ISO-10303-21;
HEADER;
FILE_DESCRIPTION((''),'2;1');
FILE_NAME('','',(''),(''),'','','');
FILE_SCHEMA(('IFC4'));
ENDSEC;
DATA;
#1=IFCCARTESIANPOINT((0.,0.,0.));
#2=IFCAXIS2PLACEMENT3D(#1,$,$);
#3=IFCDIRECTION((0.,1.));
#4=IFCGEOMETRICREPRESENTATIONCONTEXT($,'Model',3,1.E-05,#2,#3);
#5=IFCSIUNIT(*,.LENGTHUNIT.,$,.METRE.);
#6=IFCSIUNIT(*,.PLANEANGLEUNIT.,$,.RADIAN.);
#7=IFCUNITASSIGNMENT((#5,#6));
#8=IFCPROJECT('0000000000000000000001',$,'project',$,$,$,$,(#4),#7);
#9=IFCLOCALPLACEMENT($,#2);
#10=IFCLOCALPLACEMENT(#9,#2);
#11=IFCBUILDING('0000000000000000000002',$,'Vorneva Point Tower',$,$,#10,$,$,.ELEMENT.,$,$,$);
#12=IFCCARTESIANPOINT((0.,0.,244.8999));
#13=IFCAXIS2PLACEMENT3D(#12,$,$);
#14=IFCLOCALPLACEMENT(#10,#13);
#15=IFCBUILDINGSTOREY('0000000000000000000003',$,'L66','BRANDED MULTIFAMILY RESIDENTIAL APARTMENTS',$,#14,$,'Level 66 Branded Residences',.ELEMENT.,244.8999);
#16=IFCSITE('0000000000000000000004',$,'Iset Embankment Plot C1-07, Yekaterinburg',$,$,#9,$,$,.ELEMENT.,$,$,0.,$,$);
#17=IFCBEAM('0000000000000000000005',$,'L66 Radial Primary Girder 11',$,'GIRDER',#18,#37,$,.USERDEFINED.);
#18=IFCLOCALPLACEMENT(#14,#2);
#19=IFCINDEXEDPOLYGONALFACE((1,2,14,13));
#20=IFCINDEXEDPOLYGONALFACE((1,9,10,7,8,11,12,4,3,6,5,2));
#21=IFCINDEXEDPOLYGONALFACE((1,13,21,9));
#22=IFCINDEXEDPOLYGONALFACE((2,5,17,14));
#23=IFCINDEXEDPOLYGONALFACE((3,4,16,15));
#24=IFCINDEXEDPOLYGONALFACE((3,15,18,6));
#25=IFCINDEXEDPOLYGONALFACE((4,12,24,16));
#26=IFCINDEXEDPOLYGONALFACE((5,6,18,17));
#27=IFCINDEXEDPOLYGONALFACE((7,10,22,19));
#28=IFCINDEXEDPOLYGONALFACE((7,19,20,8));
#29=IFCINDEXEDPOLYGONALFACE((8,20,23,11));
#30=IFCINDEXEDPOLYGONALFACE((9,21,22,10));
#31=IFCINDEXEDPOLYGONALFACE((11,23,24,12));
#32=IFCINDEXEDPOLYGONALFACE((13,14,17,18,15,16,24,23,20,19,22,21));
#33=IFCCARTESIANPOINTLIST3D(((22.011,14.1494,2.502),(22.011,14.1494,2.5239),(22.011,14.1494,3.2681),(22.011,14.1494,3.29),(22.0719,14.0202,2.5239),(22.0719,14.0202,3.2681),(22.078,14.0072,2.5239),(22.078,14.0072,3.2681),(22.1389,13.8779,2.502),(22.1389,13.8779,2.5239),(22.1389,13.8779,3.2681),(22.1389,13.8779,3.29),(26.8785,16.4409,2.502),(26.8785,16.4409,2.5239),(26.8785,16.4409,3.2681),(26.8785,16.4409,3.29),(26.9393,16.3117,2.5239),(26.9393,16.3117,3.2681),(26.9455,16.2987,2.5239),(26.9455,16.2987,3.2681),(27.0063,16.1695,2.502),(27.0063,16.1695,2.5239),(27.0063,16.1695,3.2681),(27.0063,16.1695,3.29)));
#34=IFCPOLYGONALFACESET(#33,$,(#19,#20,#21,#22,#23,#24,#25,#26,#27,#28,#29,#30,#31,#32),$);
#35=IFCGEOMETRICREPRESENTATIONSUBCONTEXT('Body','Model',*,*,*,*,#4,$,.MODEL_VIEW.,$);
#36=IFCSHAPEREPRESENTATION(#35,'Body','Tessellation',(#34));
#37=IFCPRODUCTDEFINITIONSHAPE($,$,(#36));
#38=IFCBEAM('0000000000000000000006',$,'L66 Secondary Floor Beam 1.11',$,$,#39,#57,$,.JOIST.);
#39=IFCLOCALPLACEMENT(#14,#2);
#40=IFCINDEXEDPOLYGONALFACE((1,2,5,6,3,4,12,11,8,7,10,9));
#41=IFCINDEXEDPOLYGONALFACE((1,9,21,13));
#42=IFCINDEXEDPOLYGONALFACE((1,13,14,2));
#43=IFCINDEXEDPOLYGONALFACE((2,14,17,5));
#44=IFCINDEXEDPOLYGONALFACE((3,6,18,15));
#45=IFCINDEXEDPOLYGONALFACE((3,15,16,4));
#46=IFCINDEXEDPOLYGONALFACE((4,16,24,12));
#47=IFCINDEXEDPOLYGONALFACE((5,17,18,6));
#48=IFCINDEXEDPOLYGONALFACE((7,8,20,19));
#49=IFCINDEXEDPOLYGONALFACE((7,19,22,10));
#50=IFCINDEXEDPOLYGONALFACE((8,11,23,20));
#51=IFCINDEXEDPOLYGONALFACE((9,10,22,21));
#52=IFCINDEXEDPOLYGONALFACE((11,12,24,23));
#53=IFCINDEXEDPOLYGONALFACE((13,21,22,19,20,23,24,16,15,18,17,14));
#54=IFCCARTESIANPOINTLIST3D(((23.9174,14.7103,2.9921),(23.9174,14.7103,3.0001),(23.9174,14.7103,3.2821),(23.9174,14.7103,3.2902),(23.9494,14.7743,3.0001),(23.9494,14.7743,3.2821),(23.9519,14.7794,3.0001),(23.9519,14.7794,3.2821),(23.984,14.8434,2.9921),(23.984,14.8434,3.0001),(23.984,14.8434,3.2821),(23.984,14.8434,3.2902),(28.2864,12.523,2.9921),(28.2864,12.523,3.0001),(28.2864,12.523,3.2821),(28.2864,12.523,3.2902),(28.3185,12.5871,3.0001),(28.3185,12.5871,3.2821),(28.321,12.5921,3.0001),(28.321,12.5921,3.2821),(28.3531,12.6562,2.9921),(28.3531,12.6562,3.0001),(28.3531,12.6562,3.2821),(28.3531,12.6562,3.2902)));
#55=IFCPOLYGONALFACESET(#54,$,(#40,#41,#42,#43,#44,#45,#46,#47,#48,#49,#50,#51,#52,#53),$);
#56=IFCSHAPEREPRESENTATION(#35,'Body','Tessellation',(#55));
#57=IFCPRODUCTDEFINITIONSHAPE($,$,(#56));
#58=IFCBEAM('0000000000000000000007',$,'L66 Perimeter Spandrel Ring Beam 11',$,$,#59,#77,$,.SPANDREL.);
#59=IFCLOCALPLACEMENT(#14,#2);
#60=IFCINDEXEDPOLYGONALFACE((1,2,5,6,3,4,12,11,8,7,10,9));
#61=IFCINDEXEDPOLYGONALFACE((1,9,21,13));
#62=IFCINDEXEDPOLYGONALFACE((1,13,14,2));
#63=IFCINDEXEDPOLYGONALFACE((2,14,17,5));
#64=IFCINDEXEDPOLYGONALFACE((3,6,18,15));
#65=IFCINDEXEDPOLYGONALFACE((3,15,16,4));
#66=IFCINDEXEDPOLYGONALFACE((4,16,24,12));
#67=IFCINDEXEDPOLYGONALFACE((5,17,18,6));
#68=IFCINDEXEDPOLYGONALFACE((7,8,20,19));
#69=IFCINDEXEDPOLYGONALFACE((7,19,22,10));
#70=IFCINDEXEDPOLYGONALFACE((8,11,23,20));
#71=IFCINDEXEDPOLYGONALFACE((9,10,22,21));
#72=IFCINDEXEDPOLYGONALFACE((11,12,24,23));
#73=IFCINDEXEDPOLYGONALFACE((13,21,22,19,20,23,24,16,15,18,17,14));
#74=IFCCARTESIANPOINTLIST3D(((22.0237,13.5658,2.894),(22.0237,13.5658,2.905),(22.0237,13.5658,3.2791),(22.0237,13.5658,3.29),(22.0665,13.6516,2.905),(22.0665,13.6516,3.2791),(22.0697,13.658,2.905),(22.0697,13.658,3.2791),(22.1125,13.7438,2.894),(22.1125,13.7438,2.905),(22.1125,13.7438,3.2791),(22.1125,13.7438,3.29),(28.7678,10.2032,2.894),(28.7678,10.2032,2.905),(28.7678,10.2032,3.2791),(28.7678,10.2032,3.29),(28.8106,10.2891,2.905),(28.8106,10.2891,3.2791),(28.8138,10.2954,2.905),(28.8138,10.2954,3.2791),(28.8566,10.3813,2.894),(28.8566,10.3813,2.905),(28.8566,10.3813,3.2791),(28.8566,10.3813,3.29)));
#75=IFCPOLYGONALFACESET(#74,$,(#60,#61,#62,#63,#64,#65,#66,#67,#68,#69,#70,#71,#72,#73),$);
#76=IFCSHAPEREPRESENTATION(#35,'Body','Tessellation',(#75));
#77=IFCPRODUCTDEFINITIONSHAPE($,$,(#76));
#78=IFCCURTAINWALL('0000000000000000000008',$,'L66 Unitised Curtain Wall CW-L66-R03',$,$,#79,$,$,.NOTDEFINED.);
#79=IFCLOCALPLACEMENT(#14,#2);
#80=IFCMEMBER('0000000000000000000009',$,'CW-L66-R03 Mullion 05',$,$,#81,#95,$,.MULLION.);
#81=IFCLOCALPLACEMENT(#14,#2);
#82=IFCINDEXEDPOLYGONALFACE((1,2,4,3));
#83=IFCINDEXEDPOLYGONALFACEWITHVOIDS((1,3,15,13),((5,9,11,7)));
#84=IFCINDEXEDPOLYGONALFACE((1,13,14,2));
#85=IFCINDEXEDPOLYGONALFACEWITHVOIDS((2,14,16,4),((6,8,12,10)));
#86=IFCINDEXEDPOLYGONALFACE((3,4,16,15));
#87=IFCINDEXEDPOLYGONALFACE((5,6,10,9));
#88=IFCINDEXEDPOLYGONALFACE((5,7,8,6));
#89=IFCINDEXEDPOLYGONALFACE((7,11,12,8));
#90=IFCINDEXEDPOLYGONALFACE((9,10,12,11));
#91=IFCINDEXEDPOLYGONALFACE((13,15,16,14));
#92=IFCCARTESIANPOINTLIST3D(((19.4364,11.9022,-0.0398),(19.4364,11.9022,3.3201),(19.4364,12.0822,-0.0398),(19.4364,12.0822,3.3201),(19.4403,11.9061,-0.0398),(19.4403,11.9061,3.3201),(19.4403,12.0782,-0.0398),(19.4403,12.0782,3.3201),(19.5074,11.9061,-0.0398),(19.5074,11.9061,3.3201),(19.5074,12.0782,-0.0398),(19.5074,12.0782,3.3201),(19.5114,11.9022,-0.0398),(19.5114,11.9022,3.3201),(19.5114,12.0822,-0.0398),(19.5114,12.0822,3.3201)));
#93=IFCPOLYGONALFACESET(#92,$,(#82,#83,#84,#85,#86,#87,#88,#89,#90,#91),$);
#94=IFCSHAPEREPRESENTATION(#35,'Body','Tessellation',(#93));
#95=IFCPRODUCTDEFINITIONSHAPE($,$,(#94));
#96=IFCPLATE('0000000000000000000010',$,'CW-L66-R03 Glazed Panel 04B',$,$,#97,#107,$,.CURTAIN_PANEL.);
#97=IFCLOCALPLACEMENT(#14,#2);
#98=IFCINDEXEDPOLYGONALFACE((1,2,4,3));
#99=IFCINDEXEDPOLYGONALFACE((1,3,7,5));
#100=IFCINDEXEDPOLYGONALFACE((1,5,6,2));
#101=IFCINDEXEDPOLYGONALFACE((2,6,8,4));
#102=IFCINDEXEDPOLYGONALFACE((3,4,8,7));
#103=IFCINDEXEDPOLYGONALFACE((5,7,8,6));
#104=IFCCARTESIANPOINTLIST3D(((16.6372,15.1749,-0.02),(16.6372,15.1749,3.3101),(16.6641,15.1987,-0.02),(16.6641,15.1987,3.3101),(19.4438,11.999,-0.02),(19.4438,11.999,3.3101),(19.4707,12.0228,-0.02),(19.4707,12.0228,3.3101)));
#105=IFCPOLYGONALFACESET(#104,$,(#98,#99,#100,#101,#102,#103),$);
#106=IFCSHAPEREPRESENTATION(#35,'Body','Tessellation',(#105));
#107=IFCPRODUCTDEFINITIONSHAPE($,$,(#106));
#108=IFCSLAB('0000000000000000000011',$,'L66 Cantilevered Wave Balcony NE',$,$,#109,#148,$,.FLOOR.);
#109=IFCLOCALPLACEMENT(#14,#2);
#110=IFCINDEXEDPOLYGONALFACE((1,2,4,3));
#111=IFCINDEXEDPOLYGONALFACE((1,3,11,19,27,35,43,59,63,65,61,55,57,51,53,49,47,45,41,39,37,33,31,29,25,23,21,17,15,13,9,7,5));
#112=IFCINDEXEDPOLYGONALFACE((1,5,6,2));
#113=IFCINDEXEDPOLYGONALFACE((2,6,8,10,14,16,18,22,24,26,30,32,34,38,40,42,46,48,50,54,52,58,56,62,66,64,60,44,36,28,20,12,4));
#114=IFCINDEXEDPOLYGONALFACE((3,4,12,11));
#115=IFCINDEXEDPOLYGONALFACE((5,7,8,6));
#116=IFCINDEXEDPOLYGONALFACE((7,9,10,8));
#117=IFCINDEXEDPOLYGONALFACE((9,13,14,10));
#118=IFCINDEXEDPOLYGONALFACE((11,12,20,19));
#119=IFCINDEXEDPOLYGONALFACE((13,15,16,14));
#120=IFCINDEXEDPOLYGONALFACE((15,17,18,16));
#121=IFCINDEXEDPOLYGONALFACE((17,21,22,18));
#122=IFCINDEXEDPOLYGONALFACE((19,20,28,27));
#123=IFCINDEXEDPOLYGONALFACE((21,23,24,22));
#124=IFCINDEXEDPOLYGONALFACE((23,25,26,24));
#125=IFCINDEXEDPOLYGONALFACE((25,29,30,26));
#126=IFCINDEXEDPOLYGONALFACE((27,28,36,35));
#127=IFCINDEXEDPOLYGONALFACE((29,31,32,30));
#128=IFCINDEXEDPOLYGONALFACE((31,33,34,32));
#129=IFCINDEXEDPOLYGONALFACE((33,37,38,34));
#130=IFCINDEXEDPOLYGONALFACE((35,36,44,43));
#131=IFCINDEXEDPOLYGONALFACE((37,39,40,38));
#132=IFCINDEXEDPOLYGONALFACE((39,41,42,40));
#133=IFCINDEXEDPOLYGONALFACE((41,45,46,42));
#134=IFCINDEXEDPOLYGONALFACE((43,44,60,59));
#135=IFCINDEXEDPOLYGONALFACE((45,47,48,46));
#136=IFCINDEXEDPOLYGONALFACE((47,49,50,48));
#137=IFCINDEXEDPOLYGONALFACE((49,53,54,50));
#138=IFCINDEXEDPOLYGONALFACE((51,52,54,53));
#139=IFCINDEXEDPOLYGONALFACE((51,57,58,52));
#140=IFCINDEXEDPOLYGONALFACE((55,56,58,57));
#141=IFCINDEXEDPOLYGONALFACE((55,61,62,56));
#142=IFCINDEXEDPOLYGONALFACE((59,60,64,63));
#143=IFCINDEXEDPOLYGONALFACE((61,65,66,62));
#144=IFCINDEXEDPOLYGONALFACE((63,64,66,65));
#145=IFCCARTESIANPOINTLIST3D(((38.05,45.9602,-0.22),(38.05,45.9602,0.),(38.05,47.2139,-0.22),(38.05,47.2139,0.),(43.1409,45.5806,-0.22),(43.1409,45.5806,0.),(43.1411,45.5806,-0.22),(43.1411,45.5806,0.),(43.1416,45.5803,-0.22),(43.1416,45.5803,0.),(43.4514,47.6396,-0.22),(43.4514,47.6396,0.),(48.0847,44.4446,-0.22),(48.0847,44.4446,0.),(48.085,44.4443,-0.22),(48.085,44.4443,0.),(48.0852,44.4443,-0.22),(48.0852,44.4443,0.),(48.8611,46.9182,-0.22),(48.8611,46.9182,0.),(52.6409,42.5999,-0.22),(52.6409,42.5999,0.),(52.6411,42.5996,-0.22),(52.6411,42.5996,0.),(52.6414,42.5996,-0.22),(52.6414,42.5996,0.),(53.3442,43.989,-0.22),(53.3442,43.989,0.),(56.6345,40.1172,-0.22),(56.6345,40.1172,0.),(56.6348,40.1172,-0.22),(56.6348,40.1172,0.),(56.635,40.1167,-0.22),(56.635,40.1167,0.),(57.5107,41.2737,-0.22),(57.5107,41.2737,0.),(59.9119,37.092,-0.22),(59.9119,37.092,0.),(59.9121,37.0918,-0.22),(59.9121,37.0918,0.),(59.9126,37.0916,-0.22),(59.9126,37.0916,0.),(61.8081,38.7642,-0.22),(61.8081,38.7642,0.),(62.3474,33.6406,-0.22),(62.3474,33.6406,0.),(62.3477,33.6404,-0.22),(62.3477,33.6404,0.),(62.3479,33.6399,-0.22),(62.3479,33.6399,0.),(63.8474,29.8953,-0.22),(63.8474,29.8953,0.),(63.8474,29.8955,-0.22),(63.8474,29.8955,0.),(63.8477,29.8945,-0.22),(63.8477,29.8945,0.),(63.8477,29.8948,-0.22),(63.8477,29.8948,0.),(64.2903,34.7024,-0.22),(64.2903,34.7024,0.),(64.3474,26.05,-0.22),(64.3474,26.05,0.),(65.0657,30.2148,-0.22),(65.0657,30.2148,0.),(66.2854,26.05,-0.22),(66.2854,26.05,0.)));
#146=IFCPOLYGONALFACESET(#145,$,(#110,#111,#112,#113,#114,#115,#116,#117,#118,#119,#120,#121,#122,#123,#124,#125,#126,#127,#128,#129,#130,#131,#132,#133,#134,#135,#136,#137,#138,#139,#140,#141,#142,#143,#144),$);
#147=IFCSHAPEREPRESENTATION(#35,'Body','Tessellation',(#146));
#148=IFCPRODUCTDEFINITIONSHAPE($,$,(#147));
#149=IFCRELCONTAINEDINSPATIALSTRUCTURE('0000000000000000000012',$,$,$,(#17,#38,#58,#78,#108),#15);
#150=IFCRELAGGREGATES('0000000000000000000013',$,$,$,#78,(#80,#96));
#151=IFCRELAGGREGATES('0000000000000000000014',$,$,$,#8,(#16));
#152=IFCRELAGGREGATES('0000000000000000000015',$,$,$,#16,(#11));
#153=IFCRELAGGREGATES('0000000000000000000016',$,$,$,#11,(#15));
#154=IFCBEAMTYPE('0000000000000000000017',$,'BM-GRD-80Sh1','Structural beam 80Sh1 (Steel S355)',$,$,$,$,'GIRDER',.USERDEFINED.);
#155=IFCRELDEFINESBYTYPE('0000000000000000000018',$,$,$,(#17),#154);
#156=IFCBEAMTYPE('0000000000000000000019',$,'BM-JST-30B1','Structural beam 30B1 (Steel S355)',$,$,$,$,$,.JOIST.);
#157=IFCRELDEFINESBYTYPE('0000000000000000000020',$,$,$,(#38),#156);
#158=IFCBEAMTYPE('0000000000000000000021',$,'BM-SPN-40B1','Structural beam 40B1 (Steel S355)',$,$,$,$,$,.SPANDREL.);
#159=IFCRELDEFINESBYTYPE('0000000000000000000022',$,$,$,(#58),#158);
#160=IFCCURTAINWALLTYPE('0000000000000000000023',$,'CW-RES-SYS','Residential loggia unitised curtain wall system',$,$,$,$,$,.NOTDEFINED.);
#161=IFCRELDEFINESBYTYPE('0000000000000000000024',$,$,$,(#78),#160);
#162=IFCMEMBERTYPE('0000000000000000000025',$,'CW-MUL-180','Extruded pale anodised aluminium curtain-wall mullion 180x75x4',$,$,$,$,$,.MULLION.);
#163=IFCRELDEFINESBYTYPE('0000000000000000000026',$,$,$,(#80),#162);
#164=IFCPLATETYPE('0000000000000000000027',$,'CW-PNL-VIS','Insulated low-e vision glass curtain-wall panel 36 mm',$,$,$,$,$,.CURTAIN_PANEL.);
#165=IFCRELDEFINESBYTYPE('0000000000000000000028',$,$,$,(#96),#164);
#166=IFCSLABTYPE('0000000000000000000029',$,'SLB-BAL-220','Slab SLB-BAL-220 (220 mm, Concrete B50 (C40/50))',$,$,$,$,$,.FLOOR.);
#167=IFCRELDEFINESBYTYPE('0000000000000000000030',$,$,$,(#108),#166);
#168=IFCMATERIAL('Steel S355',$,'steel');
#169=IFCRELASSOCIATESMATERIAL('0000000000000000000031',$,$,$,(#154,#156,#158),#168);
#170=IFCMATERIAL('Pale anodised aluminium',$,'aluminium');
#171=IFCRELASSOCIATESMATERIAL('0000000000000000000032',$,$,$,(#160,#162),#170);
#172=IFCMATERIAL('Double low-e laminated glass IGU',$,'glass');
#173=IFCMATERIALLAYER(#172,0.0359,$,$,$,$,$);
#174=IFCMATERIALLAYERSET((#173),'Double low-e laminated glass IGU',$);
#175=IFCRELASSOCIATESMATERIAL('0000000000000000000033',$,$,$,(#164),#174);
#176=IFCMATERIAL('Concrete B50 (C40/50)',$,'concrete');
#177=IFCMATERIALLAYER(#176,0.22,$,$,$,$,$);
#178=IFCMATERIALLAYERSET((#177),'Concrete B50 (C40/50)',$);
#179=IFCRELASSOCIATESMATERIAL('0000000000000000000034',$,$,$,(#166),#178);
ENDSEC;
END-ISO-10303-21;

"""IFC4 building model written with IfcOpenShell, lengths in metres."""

from ifc_helpers import new_model, si_unit, direction, frame, origin, origin_2d, place, context, subcontext, project, spatial, polyline, rectangle, hollow_rectangle, i_section, outline, extrude, material, layer, layer_set, material_profile, profile_set, type_object, element, aggregate, save


model = new_model("IFC4")

# Units and contexts
model_context = context("Model", 3, precision=1e-05, world=origin(), true_north=direction((0.0, 1.0)))
body_context = subcontext(model_context, "Body", "Model", "MODEL_VIEW")
ifc_project = project(units=[si_unit("LENGTHUNIT", "METRE"), si_unit("PLANEANGLEUNIT", "RADIAN")], contexts=[model_context])

# Site, building, storey
site_placement = place(None, origin())
site = spatial("IfcSite", under=ifc_project, at=site_placement, Name="Iset Embankment Plot C1-07, Yekaterinburg", CompositionType="ELEMENT", RefElevation=0.0)
building_placement = place(site_placement, origin())
building = spatial("IfcBuilding", under=site, at=building_placement, Name="Vorneva Point Tower", CompositionType="ELEMENT")
storey_placement = place(building_placement, frame((0.0, 0.0, 244.8999)))
storey = spatial("IfcBuildingStorey", under=building, at=storey_placement, Name="L66", Description="BRANDED MULTIFAMILY RESIDENTIAL APARTMENTS", LongName="Level 66 Branded Residences", CompositionType="ELEMENT", Elevation=244.8999)

# Shared definitions
ifc_material_1 = material(Name="Concrete B50 (C40/50)", Category="concrete")

# Beams
ifc_material_2 = material(Name="Steel S355", Category="steel")
ifc_material_profile_1 = material_profile(ifc_material_2, i_section(OverallWidth=0.3, OverallDepth=0.7881, WebThickness=0.0144, FlangeThickness=0.022, at=origin_2d()), Name="80Sh1")
ifc_profile_set_1 = profile_set([ifc_material_profile_1], Name="Steel S355")
beam_type_1 = type_object("IfcBeamType", Name="BM-GRD-80Sh1", Description="Structural beam 80Sh1 (Steel S355)", ElementType="GIRDER", PredefinedType="USERDEFINED", material=ifc_profile_set_1)
beam_1_placement = place(storey_placement, frame((22.075, 14.0137, 2.896), z_axis=(0.904751, 0.425941, 0.0), x_axis=(-0.425941, 0.904751, 0.0)))
element("IfcBeam", 1, at=beam_1_placement, inside=storey, type_object=beam_type_1, Name="L66 Radial Primary Girder 11", ObjectType="GIRDER", PredefinedType="USERDEFINED", context=body_context, shape_type="SweptSolid", body=[
    extrude(i_section(OverallWidth=0.3, OverallDepth=0.7881, WebThickness=0.0144, FlangeThickness=0.022, at=origin_2d()), origin(), (0.0, 0.0, 1.0), 5.3799),
])
ifc_material_profile_2 = material_profile(ifc_material_2, i_section(OverallWidth=0.1489, OverallDepth=0.2981, WebThickness=0.0056, FlangeThickness=0.0081, at=origin_2d()), Name="30B1")
ifc_profile_set_2 = profile_set([ifc_material_profile_2], Name="Steel S355")
beam_type_2 = type_object("IfcBeamType", Name="BM-JST-30B1", Description="Structural beam 30B1 (Steel S355)", PredefinedType="JOIST", material=ifc_profile_set_2)
beam_2_placement = place(storey_placement, frame((23.9507, 14.7769, 3.1411), z_axis=(0.894207, -0.447653, 0.0), x_axis=(0.447653, 0.894207, 0.0)))
element("IfcBeam", 2, at=beam_2_placement, inside=storey, type_object=beam_type_2, Name="L66 Secondary Floor Beam 1.11", PredefinedType="JOIST", context=body_context, shape_type="SweptSolid", body=[
    extrude(i_section(OverallWidth=0.1489, OverallDepth=0.2981, WebThickness=0.0056, FlangeThickness=0.0081, at=origin_2d()), origin(), (0.0, 0.0, 1.0), 4.886),
])
ifc_material_profile_3 = material_profile(ifc_material_2, i_section(OverallWidth=0.199, OverallDepth=0.396, WebThickness=0.0071, FlangeThickness=0.011, at=origin_2d()), Name="40B1")
ifc_profile_set_3 = profile_set([ifc_material_profile_3], Name="Steel S355")
beam_type_3 = type_object("IfcBeamType", Name="BM-SPN-40B1", Description="Structural beam 40B1 (Steel S355)", PredefinedType="SPANDREL", material=ifc_profile_set_3)
beam_3_placement = place(storey_placement, frame((22.0681, 13.6548, 3.092), z_axis=(0.894932, -0.446203, 0.0), x_axis=(0.446203, 0.894932, 0.0)))
element("IfcBeam", 3, at=beam_3_placement, inside=storey, type_object=beam_type_3, Name="L66 Perimeter Spandrel Ring Beam 11", PredefinedType="SPANDREL", context=body_context, shape_type="SweptSolid", body=[
    extrude(i_section(OverallWidth=0.199, OverallDepth=0.396, WebThickness=0.0071, FlangeThickness=0.011, at=origin_2d()), origin(), (0.0, 0.0, 1.0), 7.5359),
])

# Curtain wall, member, plate
ifc_material_3 = material(Name="Pale anodised aluminium", Category="aluminium")
curtain_wall_type = type_object("IfcCurtainWallType", Name="CW-RES-SYS", Description="Residential loggia unitised curtain wall system", PredefinedType="NOTDEFINED", material=ifc_material_3)
curtain_wall_placement = place(storey_placement, origin())
curtain_wall = element("IfcCurtainWall", 4, at=curtain_wall_placement, inside=storey, type_object=curtain_wall_type, Name="L66 Unitised Curtain Wall CW-L66-R03", PredefinedType="NOTDEFINED")
ifc_material_profile_4 = material_profile(ifc_material_3, hollow_rectangle(XDim=0.075, YDim=0.1799, WallThickness=0.0039, at=origin_2d()), Name="AL-MUL 180x75x4")
ifc_profile_set_4 = profile_set([ifc_material_profile_4], Name="Pale anodised aluminium")
member_type = type_object("IfcMemberType", Name="CW-MUL-180", Description="Extruded pale anodised aluminium curtain-wall mullion 180x75x4", PredefinedType="MULLION", material=ifc_profile_set_4)
member_placement = place(storey_placement, frame((19.4739, 11.9922, -0.0398), z_axis=(0.0, 0.0, 1.0), x_axis=(1.0, 0.0, 0.0)))
member = element("IfcMember", 5, at=member_placement, type_object=member_type, Name="CW-L66-R03 Mullion 05", PredefinedType="MULLION", context=body_context, shape_type="SweptSolid", body=[
    extrude(hollow_rectangle(XDim=0.075, YDim=0.1799, WallThickness=0.0039, at=origin_2d()), origin(), (0.0, 0.0, 1.0), 3.3599),
])
ifc_material_4 = material(Name="Double low-e laminated glass IGU", Category="glass")
ifc_layer_1 = layer(ifc_material_4, 0.0359)
ifc_layer_set_1 = layer_set([ifc_layer_1], Name="Double low-e laminated glass IGU")
plate_type = type_object("IfcPlateType", Name="CW-PNL-VIS", Description="Insulated low-e vision glass curtain-wall panel 36 mm", PredefinedType="CURTAIN_PANEL", material=ifc_layer_set_1)
plate_placement = place(storey_placement, frame((18.054, 13.5989, -0.02), z_axis=(0.0, 0.0, 1.0), x_axis=(0.662189, -0.749337, 0.0)))
plate = element("IfcPlate", 6, at=plate_placement, type_object=plate_type, Name="CW-L66-R03 Glazed Panel 04B", PredefinedType="CURTAIN_PANEL", context=body_context, shape_type="SweptSolid", body=[
    extrude(rectangle(XDim=4.2383, YDim=0.0359, at=origin_2d()), origin(), (0.0, 0.0, 1.0), 3.3301),
])
aggregate(curtain_wall, [member, plate])

# Slab
ifc_layer_2 = layer(ifc_material_1, 0.22)
ifc_layer_set_2 = layer_set([ifc_layer_2], Name="Concrete B50 (C40/50)")
slab_type_1 = type_object("IfcSlabType", Name="SLB-BAL-220", Description="Slab SLB-BAL-220 (220 mm, Concrete B50 (C40/50))", PredefinedType="FLOOR", material=ifc_layer_set_2)
slab_1_placement = place(storey_placement, frame((0.0, 0.0, -0.22)))
element("IfcSlab", 7, at=slab_1_placement, inside=storey, type_object=slab_type_1, Name="L66 Cantilevered Wave Balcony NE", PredefinedType="FLOOR", context=body_context, shape_type="SweptSolid", body=[
    extrude(outline(polyline([(38.05, 47.2139), (38.05, 45.9602), (43.1409, 45.5806), (43.1411, 45.5806), (43.1416, 45.5803), (48.0847, 44.4446), (48.085, 44.4443), (48.0852, 44.4443), (52.6409, 42.5999), (52.6411, 42.5996), (52.6414, 42.5996), (56.6345, 40.1172), (56.6348, 40.1172), (56.635, 40.1167), (59.9119, 37.092), (59.9121, 37.0918), (59.9126, 37.0916), (62.3474, 33.6406), (62.3477, 33.6404), (62.3479, 33.6399), (63.8474, 29.8955), (63.8474, 29.8953), (63.8477, 29.8948), (63.8477, 29.8945), (64.3474, 26.05), (66.2854, 26.05), (65.0657, 30.2148), (64.2903, 34.7024), (61.8081, 38.7642), (57.5107, 41.2737), (53.3442, 43.989), (48.8611, 46.9182), (43.4514, 47.6396), (38.05, 47.2139)])), origin(), (0.0, 0.0, 1.0), 0.22),
])

save(model, "model.ifc")
